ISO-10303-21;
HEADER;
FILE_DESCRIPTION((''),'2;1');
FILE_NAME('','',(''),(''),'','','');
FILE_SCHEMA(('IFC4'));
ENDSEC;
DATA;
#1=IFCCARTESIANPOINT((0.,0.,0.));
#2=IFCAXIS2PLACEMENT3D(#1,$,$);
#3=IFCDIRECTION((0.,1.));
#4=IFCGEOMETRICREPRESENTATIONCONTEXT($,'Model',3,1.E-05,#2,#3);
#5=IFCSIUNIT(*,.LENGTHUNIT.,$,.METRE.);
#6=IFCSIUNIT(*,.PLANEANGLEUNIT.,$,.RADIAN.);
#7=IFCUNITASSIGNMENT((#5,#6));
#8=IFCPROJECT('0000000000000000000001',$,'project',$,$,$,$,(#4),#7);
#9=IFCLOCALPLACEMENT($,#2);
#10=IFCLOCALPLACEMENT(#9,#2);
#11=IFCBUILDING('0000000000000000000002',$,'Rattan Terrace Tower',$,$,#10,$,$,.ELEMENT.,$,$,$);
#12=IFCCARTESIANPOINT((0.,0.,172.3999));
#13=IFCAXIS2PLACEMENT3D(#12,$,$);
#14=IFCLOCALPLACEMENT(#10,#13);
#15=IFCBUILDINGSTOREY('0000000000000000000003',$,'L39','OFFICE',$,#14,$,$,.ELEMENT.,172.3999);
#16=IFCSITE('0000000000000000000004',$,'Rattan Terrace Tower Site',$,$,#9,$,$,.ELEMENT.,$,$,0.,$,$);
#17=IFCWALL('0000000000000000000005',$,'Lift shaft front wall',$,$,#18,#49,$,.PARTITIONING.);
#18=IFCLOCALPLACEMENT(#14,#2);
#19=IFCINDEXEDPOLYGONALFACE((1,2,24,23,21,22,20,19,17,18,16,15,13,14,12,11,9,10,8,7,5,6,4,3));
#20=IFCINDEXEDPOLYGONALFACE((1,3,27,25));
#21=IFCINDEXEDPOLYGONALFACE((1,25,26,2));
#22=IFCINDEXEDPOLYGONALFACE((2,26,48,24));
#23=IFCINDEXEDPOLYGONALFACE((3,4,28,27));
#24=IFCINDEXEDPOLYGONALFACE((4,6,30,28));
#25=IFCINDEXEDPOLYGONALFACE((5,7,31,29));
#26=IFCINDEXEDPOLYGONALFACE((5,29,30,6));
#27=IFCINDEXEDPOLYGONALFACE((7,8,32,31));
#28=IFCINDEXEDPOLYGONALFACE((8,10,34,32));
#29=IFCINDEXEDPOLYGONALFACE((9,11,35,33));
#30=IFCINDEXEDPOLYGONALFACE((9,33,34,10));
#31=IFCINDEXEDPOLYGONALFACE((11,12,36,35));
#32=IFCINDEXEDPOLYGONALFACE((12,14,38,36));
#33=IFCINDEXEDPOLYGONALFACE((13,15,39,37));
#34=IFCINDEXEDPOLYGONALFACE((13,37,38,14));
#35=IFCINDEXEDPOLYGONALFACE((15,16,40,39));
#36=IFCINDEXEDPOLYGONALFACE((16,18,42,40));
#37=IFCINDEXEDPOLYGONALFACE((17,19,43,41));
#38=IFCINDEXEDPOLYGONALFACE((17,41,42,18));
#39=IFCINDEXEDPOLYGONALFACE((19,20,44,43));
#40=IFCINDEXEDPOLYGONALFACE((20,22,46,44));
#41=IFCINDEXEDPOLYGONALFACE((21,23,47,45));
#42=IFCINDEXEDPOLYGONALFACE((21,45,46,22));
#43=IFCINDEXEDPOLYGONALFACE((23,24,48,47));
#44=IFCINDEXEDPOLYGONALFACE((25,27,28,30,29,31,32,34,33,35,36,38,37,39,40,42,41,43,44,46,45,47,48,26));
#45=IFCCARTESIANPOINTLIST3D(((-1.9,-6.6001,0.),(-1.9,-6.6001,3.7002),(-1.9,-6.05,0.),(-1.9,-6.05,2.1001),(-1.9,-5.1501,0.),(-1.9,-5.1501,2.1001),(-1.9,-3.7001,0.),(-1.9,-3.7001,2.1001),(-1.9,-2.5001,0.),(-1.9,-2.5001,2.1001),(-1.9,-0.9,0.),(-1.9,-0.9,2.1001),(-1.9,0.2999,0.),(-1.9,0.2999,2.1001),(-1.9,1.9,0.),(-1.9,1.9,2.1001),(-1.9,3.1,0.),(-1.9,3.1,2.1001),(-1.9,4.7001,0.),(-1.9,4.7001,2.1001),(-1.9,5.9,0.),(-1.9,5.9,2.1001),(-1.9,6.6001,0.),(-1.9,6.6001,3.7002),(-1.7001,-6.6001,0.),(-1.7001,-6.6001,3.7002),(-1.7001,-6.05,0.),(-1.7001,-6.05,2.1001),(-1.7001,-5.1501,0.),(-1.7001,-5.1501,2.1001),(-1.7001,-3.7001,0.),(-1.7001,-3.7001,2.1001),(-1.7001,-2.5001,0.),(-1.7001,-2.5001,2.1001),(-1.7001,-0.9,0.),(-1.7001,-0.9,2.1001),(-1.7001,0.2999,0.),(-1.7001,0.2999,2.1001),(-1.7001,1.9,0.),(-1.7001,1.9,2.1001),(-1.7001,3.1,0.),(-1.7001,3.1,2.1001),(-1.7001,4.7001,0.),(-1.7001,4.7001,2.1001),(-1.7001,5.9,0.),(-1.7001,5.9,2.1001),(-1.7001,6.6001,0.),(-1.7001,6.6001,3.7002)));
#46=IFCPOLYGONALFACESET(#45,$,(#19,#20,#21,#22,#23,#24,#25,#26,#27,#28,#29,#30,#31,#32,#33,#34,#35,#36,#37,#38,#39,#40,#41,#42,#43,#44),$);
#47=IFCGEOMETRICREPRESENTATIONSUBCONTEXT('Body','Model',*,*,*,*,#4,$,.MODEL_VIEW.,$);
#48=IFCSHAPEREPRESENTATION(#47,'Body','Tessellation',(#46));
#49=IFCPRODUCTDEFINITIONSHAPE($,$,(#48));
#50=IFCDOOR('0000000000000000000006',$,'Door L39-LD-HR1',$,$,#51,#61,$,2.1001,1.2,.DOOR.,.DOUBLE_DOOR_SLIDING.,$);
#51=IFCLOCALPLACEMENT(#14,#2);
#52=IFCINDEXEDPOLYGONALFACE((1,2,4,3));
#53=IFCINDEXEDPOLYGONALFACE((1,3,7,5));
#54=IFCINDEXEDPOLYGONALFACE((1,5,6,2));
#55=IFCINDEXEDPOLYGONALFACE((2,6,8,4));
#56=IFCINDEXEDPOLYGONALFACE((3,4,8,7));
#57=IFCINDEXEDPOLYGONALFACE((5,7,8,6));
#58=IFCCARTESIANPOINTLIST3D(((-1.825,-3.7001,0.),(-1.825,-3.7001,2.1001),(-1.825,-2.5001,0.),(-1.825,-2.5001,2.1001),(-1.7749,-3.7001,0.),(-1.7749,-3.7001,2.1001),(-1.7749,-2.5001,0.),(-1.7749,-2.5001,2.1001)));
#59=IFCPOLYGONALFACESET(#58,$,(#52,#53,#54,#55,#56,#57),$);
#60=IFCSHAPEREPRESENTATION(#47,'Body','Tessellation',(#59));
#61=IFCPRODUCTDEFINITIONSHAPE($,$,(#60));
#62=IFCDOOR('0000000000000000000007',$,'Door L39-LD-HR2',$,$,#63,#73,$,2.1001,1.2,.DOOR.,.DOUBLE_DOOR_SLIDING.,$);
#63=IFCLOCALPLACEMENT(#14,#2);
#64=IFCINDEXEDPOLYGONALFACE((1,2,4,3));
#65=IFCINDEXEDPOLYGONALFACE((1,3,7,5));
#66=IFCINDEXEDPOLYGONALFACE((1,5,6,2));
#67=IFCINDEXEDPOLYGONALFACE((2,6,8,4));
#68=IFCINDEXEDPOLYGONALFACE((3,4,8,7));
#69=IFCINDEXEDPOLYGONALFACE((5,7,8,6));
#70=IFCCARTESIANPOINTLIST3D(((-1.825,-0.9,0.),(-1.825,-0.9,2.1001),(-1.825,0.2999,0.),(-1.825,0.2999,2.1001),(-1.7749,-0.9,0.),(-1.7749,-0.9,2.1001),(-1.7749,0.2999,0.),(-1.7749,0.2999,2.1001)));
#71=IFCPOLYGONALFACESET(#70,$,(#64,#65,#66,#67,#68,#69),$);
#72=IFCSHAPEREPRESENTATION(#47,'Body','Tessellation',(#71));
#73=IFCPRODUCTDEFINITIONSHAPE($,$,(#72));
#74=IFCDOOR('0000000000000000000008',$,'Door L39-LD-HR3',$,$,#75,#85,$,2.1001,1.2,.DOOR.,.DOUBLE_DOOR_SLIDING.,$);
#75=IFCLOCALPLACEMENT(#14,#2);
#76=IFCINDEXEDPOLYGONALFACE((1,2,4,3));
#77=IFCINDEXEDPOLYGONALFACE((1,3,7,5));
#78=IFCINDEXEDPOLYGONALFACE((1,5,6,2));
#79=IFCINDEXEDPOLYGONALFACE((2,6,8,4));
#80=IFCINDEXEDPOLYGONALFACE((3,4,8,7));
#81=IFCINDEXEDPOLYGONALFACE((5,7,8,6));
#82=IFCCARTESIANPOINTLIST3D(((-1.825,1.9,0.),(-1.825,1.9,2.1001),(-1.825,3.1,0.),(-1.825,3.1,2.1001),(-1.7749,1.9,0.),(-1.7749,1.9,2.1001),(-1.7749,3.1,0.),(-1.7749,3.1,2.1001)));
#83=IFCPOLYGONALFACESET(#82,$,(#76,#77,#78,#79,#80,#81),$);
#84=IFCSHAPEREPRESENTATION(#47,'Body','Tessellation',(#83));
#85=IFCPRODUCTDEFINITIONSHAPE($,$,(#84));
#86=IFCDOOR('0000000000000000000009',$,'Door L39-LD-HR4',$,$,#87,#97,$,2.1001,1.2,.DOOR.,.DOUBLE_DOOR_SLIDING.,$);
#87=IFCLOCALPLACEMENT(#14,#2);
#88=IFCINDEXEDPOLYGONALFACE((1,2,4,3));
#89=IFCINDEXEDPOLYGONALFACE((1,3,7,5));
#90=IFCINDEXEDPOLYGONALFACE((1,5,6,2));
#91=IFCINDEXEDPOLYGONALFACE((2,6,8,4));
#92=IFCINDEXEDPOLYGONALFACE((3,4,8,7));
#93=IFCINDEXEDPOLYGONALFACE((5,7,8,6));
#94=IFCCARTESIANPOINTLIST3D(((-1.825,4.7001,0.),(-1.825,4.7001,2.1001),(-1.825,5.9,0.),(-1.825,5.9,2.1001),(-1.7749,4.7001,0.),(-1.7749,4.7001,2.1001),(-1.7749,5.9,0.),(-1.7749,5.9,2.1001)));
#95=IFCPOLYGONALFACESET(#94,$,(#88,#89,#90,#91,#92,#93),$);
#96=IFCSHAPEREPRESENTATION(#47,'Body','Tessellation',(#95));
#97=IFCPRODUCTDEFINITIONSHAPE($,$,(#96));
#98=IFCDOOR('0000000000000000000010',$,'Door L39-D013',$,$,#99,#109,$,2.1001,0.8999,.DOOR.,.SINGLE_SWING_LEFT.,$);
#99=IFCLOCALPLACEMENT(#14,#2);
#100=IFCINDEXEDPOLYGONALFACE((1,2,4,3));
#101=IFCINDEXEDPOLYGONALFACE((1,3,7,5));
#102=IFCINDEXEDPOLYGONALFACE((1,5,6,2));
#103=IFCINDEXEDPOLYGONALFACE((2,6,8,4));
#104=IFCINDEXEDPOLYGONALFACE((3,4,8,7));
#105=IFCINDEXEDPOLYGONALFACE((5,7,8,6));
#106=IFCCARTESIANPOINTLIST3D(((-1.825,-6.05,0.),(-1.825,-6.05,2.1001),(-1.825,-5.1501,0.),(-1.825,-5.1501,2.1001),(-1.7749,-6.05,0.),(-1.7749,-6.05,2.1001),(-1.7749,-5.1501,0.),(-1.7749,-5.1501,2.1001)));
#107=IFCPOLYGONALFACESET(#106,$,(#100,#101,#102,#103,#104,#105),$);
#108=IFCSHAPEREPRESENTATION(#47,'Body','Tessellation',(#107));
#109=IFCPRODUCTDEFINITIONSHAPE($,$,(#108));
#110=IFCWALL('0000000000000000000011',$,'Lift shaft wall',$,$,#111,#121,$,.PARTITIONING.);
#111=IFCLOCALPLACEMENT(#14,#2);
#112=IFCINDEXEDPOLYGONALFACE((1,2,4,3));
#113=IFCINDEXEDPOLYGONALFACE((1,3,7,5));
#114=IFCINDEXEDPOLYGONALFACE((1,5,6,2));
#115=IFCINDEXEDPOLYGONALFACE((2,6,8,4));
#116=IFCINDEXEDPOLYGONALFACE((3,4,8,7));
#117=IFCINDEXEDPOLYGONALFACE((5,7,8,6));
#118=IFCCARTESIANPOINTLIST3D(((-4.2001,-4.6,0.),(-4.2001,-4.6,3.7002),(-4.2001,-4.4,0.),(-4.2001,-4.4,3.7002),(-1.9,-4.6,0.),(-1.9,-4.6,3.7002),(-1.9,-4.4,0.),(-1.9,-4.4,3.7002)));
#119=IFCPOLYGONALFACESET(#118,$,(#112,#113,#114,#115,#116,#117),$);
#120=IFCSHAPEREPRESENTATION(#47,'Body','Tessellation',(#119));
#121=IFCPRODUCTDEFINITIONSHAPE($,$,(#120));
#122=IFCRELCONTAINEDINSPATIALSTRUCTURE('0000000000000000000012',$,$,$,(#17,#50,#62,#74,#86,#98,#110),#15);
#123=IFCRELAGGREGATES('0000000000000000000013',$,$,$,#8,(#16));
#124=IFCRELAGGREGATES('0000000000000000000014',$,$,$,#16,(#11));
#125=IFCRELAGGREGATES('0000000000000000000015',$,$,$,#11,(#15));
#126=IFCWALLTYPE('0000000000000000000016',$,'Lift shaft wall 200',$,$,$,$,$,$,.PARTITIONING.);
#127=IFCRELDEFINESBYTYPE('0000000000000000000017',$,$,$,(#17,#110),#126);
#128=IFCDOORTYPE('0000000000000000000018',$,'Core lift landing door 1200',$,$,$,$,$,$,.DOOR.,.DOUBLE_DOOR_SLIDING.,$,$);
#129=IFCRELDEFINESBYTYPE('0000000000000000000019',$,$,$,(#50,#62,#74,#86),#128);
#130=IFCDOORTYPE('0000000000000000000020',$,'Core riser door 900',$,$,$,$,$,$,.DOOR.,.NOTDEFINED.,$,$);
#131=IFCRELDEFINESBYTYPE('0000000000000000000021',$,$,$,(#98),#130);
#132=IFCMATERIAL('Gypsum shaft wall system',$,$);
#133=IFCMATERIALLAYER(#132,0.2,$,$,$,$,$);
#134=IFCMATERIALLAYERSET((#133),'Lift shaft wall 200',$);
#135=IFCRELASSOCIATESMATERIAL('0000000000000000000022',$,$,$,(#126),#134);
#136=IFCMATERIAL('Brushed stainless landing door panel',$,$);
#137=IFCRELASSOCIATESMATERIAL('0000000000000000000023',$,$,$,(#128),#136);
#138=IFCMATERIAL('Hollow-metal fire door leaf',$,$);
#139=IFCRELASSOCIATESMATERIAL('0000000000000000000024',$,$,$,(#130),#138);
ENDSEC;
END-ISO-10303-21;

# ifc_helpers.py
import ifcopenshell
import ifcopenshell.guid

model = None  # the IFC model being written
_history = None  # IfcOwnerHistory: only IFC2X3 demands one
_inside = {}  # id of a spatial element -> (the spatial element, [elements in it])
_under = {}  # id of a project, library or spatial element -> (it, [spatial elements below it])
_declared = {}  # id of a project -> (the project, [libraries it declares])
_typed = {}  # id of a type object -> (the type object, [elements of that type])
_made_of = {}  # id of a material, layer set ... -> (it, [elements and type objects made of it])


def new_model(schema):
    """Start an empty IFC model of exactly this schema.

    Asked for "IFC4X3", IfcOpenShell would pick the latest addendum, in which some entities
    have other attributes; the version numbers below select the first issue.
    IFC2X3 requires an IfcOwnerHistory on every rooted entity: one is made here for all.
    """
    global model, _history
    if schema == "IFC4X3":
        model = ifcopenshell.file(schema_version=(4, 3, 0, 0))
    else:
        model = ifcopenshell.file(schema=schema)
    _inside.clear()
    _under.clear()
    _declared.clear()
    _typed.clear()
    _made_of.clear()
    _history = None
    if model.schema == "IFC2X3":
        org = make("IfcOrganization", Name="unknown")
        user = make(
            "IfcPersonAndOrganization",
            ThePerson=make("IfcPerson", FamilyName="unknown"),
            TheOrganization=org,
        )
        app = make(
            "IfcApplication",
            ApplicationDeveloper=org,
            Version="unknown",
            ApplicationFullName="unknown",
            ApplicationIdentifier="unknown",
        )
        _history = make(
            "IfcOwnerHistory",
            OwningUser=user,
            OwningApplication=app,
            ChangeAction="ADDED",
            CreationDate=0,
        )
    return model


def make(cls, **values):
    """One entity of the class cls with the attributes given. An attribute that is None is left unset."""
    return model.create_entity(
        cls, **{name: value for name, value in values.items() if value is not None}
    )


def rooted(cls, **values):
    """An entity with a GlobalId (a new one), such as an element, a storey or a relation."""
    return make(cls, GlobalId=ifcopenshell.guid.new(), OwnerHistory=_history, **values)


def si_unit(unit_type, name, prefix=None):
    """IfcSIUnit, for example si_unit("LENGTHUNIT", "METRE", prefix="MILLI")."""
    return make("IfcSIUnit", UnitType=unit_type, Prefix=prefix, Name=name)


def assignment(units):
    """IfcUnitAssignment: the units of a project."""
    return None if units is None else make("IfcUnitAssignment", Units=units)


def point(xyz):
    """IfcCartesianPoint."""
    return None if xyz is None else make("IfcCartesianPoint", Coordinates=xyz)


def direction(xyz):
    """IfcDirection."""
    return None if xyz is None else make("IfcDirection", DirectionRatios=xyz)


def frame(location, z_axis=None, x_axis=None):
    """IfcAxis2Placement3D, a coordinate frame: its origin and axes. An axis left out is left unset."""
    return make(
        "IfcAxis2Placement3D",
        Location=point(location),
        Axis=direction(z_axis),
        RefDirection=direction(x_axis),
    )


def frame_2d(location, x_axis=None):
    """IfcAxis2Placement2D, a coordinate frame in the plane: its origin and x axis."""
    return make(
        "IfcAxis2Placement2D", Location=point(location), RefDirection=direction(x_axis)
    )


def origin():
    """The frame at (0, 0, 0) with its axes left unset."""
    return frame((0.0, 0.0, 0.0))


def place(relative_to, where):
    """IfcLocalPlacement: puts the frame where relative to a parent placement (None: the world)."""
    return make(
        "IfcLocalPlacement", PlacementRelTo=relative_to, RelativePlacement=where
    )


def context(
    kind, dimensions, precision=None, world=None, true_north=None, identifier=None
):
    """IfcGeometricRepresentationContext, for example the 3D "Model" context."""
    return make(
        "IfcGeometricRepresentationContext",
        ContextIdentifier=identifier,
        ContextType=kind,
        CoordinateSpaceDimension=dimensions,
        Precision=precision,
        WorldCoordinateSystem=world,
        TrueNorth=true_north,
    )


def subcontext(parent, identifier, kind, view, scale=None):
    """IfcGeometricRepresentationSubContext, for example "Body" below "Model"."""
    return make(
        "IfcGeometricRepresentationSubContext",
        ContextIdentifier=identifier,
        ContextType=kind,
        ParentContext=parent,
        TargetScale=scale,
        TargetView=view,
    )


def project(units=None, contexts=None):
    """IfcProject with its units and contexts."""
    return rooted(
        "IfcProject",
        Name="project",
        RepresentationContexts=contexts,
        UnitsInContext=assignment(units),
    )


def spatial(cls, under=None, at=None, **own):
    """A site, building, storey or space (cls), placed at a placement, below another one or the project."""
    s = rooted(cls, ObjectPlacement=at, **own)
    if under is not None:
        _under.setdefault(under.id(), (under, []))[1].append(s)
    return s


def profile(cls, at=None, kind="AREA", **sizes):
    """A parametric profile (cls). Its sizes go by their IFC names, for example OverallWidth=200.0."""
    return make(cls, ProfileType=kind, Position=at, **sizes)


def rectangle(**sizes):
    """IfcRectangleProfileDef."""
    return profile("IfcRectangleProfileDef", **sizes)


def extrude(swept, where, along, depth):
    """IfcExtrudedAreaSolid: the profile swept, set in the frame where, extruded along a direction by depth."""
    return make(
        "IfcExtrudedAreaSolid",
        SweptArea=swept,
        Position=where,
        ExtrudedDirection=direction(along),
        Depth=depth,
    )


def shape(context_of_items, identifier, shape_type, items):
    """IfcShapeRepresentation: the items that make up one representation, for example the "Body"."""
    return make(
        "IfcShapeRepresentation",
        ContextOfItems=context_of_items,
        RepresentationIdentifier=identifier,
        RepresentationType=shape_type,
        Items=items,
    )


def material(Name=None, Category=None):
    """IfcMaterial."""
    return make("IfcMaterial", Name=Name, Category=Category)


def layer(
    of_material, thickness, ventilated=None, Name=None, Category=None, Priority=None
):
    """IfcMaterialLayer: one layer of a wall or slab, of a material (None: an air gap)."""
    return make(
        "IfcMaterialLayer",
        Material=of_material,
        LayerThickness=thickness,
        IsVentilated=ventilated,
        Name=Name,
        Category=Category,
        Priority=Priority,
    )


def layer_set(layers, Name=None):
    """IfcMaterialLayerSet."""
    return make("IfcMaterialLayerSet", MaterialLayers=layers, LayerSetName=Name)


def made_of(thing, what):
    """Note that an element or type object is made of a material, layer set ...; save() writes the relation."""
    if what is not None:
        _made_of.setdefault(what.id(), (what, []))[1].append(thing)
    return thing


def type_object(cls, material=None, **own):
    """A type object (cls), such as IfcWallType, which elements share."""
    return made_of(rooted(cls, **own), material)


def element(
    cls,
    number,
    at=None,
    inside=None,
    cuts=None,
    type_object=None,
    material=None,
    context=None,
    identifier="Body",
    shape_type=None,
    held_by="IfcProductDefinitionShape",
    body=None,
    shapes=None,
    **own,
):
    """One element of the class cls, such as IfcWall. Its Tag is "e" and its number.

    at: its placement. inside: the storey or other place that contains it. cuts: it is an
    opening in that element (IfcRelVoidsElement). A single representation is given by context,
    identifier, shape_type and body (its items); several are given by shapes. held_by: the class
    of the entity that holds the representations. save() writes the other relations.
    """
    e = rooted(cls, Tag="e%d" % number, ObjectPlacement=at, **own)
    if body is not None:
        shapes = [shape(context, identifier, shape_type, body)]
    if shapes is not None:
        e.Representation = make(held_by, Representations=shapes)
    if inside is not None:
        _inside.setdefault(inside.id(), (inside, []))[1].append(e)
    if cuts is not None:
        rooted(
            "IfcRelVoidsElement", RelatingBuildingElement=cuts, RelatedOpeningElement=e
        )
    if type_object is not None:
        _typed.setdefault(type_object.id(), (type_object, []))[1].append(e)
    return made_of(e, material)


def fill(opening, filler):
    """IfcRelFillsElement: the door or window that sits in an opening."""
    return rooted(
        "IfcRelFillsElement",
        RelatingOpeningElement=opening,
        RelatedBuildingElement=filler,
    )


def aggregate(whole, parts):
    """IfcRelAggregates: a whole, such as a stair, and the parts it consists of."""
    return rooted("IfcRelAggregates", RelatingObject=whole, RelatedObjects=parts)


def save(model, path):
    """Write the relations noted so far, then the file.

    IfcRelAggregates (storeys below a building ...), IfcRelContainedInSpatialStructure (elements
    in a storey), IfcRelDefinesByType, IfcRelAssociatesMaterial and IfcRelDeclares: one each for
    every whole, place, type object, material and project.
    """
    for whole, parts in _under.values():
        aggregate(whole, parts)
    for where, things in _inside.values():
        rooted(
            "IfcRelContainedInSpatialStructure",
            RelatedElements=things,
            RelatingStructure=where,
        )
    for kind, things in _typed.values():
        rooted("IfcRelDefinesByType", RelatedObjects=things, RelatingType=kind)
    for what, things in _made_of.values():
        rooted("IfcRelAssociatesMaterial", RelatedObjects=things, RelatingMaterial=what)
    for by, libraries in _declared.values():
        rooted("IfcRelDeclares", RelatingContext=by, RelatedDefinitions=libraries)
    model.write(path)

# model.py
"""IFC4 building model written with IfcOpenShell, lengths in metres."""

from ifc_helpers import new_model, si_unit, direction, frame, frame_2d, origin, place, context, subcontext, project, spatial, rectangle, extrude, material, layer, layer_set, type_object, element, fill, save


model = new_model("IFC4")

# Units and contexts
model_context = context("Model", 3, precision=1e-05, world=origin(), true_north=direction((0.0, 1.0)))
body_context = subcontext(model_context, "Body", "Model", "MODEL_VIEW")
ifc_project = project(units=[si_unit("LENGTHUNIT", "METRE"), si_unit("PLANEANGLEUNIT", "RADIAN")], contexts=[model_context])

# Site, building, storey
site_placement = place(None, origin())
site = spatial("IfcSite", under=ifc_project, at=site_placement, Name="Rattan Terrace Tower Site", CompositionType="ELEMENT", RefElevation=0.0)
building_placement = place(site_placement, origin())
building = spatial("IfcBuilding", under=site, at=building_placement, Name="Rattan Terrace Tower", CompositionType="ELEMENT")
storey_placement = place(building_placement, frame((0.0, 0.0, 172.3999)))
storey = spatial("IfcBuildingStorey", under=building, at=storey_placement, Name="L39", Description="OFFICE", CompositionType="ELEMENT", Elevation=172.3999)

# Wall, openings, doors
ifc_material_1 = material(Name="Gypsum shaft wall system")
ifc_layer_1 = layer(ifc_material_1, 0.2)
ifc_layer_set_1 = layer_set([ifc_layer_1], Name="Lift shaft wall 200")
wall_type_1 = type_object("IfcWallType", Name="Lift shaft wall 200", PredefinedType="PARTITIONING", material=ifc_layer_set_1)
wall_1_placement = place(storey_placement, frame((-1.8, -6.6001, 0.0), z_axis=(0.0, 0.0, 1.0), x_axis=(0.0, 1.0, 0.0)))
wall_1 = element("IfcWall", 1, at=wall_1_placement, inside=storey, type_object=wall_type_1, Name="Lift shaft front wall", PredefinedType="PARTITIONING", context=body_context, shape_type="SweptSolid", body=[
    extrude(rectangle(XDim=13.2002, YDim=0.2, at=frame_2d((6.6001, 0.0))), origin(), (0.0, 0.0, 1.0), 3.7002),
])
opening_1_placement = place(wall_1_placement, frame((0.55, 0.0, 0.0)))
opening_1 = element("IfcOpeningElement", 2, at=opening_1_placement, cuts=wall_1, PredefinedType="OPENING", context=body_context, shape_type="SweptSolid", body=[
    extrude(rectangle(XDim=0.8999, YDim=2.1001, at=frame_2d((0.45, 1.05))), frame((0.0, 0.1106, 0.0), z_axis=(0.0, -1.0, 0.0), x_axis=(1.0, 0.0, 0.0)), (0.0, 0.0, 1.0), 0.2209),
])
opening_2_placement = place(wall_1_placement, frame((2.8999, 0.0, 0.0)))
opening_2 = element("IfcOpeningElement", 3, at=opening_2_placement, cuts=wall_1, PredefinedType="OPENING", context=body_context, shape_type="SweptSolid", body=[
    extrude(rectangle(XDim=1.2, YDim=2.1001, at=frame_2d((0.6001, 1.05))), frame((0.0, 0.1106, 0.0), z_axis=(0.0, -1.0, 0.0), x_axis=(1.0, 0.0, 0.0)), (0.0, 0.0, 1.0), 0.2209),
])
opening_3_placement = place(wall_1_placement, frame((5.7, 0.0, 0.0)))
opening_3 = element("IfcOpeningElement", 4, at=opening_3_placement, cuts=wall_1, PredefinedType="OPENING", context=body_context, shape_type="SweptSolid", body=[
    extrude(rectangle(XDim=1.2, YDim=2.1001, at=frame_2d((0.6001, 1.05))), frame((0.0, 0.1106, 0.0), z_axis=(0.0, -1.0, 0.0), x_axis=(1.0, 0.0, 0.0)), (0.0, 0.0, 1.0), 0.2209),
])
opening_4_placement = place(wall_1_placement, frame((8.5, 0.0, 0.0)))
opening_4 = element("IfcOpeningElement", 5, at=opening_4_placement, cuts=wall_1, PredefinedType="OPENING", context=body_context, shape_type="SweptSolid", body=[
    extrude(rectangle(XDim=1.2, YDim=2.1001, at=frame_2d((0.6001, 1.05))), frame((0.0, 0.1106, 0.0), z_axis=(0.0, -1.0, 0.0), x_axis=(1.0, 0.0, 0.0)), (0.0, 0.0, 1.0), 0.2209),
])
opening_5_placement = place(wall_1_placement, frame((11.3, 0.0, 0.0)))
opening_5 = element("IfcOpeningElement", 6, at=opening_5_placement, cuts=wall_1, PredefinedType="OPENING", context=body_context, shape_type="SweptSolid", body=[
    extrude(rectangle(XDim=1.2, YDim=2.1001, at=frame_2d((0.6001, 1.05))), frame((0.0, 0.1106, 0.0), z_axis=(0.0, -1.0, 0.0), x_axis=(1.0, 0.0, 0.0)), (0.0, 0.0, 1.0), 0.2209),
])
ifc_material_2 = material(Name="Brushed stainless landing door panel")
door_type_1 = type_object("IfcDoorType", Name="Core lift landing door 1200", OperationType="DOUBLE_DOOR_SLIDING", PredefinedType="DOOR", material=ifc_material_2)
door_1_placement = place(opening_2_placement, origin())
door_1 = element("IfcDoor", 7, at=door_1_placement, inside=storey, type_object=door_type_1, Name="Door L39-LD-HR1", OperationType="DOUBLE_DOOR_SLIDING", OverallHeight=2.1001, OverallWidth=1.2, PredefinedType="DOOR", context=body_context, shape_type="SweptSolid", body=[
    extrude(rectangle(XDim=1.2, YDim=2.1001, at=frame_2d((0.6001, 1.05))), frame((0.0, 0.0249, 0.0), z_axis=(0.0, -1.0, 0.0), x_axis=(1.0, 0.0, 0.0)), (0.0, 0.0, 1.0), 0.05),
])
fill(opening_2, door_1)
door_2_placement = place(opening_3_placement, origin())
door_2 = element("IfcDoor", 8, at=door_2_placement, inside=storey, type_object=door_type_1, Name="Door L39-LD-HR2", OperationType="DOUBLE_DOOR_SLIDING", OverallHeight=2.1001, OverallWidth=1.2, PredefinedType="DOOR", context=body_context, shape_type="SweptSolid", body=[
    extrude(rectangle(XDim=1.2, YDim=2.1001, at=frame_2d((0.6001, 1.05))), frame((0.0, 0.0249, 0.0), z_axis=(0.0, -1.0, 0.0), x_axis=(1.0, 0.0, 0.0)), (0.0, 0.0, 1.0), 0.05),
])
fill(opening_3, door_2)
door_3_placement = place(opening_4_placement, origin())
door_3 = element("IfcDoor", 9, at=door_3_placement, inside=storey, type_object=door_type_1, Name="Door L39-LD-HR3", OperationType="DOUBLE_DOOR_SLIDING", OverallHeight=2.1001, OverallWidth=1.2, PredefinedType="DOOR", context=body_context, shape_type="SweptSolid", body=[
    extrude(rectangle(XDim=1.2, YDim=2.1001, at=frame_2d((0.6001, 1.05))), frame((0.0, 0.0249, 0.0), z_axis=(0.0, -1.0, 0.0), x_axis=(1.0, 0.0, 0.0)), (0.0, 0.0, 1.0), 0.05),
])
fill(opening_4, door_3)
door_4_placement = place(opening_5_placement, origin())
door_4 = element("IfcDoor", 10, at=door_4_placement, inside=storey, type_object=door_type_1, Name="Door L39-LD-HR4", OperationType="DOUBLE_DOOR_SLIDING", OverallHeight=2.1001, OverallWidth=1.2, PredefinedType="DOOR", context=body_context, shape_type="SweptSolid", body=[
    extrude(rectangle(XDim=1.2, YDim=2.1001, at=frame_2d((0.6001, 1.05))), frame((0.0, 0.0249, 0.0), z_axis=(0.0, -1.0, 0.0), x_axis=(1.0, 0.0, 0.0)), (0.0, 0.0, 1.0), 0.05),
])
fill(opening_5, door_4)
ifc_material_3 = material(Name="Hollow-metal fire door leaf")
door_type_2 = type_object("IfcDoorType", Name="Core riser door 900", OperationType="NOTDEFINED", PredefinedType="DOOR", material=ifc_material_3)
door_5_placement = place(opening_1_placement, origin())
door_5 = element("IfcDoor", 11, at=door_5_placement, inside=storey, type_object=door_type_2, Name="Door L39-D013", OperationType="SINGLE_SWING_LEFT", OverallHeight=2.1001, OverallWidth=0.8999, PredefinedType="DOOR", context=body_context, shape_type="SweptSolid", body=[
    extrude(rectangle(XDim=0.8999, YDim=2.1001, at=frame_2d((0.45, 1.05))), frame((0.0, 0.0249, 0.0), z_axis=(0.0, -1.0, 0.0), x_axis=(1.0, 0.0, 0.0)), (0.0, 0.0, 1.0), 0.05),
])
fill(opening_1, door_5)

# Wall
wall_2_placement = place(storey_placement, frame((-4.2, -4.5, 0.0), z_axis=(0.0, 0.0, 1.0), x_axis=(1.0, 0.0, 0.0)))
element("IfcWall", 12, at=wall_2_placement, inside=storey, type_object=wall_type_1, Name="Lift shaft wall", PredefinedType="PARTITIONING", context=body_context, shape_type="SweptSolid", body=[
    extrude(rectangle(XDim=2.3, YDim=0.2, at=frame_2d((1.1499, 0.0))), origin(), (0.0, 0.0, 1.0), 3.7002),
])

save(model, "model.ifc")
